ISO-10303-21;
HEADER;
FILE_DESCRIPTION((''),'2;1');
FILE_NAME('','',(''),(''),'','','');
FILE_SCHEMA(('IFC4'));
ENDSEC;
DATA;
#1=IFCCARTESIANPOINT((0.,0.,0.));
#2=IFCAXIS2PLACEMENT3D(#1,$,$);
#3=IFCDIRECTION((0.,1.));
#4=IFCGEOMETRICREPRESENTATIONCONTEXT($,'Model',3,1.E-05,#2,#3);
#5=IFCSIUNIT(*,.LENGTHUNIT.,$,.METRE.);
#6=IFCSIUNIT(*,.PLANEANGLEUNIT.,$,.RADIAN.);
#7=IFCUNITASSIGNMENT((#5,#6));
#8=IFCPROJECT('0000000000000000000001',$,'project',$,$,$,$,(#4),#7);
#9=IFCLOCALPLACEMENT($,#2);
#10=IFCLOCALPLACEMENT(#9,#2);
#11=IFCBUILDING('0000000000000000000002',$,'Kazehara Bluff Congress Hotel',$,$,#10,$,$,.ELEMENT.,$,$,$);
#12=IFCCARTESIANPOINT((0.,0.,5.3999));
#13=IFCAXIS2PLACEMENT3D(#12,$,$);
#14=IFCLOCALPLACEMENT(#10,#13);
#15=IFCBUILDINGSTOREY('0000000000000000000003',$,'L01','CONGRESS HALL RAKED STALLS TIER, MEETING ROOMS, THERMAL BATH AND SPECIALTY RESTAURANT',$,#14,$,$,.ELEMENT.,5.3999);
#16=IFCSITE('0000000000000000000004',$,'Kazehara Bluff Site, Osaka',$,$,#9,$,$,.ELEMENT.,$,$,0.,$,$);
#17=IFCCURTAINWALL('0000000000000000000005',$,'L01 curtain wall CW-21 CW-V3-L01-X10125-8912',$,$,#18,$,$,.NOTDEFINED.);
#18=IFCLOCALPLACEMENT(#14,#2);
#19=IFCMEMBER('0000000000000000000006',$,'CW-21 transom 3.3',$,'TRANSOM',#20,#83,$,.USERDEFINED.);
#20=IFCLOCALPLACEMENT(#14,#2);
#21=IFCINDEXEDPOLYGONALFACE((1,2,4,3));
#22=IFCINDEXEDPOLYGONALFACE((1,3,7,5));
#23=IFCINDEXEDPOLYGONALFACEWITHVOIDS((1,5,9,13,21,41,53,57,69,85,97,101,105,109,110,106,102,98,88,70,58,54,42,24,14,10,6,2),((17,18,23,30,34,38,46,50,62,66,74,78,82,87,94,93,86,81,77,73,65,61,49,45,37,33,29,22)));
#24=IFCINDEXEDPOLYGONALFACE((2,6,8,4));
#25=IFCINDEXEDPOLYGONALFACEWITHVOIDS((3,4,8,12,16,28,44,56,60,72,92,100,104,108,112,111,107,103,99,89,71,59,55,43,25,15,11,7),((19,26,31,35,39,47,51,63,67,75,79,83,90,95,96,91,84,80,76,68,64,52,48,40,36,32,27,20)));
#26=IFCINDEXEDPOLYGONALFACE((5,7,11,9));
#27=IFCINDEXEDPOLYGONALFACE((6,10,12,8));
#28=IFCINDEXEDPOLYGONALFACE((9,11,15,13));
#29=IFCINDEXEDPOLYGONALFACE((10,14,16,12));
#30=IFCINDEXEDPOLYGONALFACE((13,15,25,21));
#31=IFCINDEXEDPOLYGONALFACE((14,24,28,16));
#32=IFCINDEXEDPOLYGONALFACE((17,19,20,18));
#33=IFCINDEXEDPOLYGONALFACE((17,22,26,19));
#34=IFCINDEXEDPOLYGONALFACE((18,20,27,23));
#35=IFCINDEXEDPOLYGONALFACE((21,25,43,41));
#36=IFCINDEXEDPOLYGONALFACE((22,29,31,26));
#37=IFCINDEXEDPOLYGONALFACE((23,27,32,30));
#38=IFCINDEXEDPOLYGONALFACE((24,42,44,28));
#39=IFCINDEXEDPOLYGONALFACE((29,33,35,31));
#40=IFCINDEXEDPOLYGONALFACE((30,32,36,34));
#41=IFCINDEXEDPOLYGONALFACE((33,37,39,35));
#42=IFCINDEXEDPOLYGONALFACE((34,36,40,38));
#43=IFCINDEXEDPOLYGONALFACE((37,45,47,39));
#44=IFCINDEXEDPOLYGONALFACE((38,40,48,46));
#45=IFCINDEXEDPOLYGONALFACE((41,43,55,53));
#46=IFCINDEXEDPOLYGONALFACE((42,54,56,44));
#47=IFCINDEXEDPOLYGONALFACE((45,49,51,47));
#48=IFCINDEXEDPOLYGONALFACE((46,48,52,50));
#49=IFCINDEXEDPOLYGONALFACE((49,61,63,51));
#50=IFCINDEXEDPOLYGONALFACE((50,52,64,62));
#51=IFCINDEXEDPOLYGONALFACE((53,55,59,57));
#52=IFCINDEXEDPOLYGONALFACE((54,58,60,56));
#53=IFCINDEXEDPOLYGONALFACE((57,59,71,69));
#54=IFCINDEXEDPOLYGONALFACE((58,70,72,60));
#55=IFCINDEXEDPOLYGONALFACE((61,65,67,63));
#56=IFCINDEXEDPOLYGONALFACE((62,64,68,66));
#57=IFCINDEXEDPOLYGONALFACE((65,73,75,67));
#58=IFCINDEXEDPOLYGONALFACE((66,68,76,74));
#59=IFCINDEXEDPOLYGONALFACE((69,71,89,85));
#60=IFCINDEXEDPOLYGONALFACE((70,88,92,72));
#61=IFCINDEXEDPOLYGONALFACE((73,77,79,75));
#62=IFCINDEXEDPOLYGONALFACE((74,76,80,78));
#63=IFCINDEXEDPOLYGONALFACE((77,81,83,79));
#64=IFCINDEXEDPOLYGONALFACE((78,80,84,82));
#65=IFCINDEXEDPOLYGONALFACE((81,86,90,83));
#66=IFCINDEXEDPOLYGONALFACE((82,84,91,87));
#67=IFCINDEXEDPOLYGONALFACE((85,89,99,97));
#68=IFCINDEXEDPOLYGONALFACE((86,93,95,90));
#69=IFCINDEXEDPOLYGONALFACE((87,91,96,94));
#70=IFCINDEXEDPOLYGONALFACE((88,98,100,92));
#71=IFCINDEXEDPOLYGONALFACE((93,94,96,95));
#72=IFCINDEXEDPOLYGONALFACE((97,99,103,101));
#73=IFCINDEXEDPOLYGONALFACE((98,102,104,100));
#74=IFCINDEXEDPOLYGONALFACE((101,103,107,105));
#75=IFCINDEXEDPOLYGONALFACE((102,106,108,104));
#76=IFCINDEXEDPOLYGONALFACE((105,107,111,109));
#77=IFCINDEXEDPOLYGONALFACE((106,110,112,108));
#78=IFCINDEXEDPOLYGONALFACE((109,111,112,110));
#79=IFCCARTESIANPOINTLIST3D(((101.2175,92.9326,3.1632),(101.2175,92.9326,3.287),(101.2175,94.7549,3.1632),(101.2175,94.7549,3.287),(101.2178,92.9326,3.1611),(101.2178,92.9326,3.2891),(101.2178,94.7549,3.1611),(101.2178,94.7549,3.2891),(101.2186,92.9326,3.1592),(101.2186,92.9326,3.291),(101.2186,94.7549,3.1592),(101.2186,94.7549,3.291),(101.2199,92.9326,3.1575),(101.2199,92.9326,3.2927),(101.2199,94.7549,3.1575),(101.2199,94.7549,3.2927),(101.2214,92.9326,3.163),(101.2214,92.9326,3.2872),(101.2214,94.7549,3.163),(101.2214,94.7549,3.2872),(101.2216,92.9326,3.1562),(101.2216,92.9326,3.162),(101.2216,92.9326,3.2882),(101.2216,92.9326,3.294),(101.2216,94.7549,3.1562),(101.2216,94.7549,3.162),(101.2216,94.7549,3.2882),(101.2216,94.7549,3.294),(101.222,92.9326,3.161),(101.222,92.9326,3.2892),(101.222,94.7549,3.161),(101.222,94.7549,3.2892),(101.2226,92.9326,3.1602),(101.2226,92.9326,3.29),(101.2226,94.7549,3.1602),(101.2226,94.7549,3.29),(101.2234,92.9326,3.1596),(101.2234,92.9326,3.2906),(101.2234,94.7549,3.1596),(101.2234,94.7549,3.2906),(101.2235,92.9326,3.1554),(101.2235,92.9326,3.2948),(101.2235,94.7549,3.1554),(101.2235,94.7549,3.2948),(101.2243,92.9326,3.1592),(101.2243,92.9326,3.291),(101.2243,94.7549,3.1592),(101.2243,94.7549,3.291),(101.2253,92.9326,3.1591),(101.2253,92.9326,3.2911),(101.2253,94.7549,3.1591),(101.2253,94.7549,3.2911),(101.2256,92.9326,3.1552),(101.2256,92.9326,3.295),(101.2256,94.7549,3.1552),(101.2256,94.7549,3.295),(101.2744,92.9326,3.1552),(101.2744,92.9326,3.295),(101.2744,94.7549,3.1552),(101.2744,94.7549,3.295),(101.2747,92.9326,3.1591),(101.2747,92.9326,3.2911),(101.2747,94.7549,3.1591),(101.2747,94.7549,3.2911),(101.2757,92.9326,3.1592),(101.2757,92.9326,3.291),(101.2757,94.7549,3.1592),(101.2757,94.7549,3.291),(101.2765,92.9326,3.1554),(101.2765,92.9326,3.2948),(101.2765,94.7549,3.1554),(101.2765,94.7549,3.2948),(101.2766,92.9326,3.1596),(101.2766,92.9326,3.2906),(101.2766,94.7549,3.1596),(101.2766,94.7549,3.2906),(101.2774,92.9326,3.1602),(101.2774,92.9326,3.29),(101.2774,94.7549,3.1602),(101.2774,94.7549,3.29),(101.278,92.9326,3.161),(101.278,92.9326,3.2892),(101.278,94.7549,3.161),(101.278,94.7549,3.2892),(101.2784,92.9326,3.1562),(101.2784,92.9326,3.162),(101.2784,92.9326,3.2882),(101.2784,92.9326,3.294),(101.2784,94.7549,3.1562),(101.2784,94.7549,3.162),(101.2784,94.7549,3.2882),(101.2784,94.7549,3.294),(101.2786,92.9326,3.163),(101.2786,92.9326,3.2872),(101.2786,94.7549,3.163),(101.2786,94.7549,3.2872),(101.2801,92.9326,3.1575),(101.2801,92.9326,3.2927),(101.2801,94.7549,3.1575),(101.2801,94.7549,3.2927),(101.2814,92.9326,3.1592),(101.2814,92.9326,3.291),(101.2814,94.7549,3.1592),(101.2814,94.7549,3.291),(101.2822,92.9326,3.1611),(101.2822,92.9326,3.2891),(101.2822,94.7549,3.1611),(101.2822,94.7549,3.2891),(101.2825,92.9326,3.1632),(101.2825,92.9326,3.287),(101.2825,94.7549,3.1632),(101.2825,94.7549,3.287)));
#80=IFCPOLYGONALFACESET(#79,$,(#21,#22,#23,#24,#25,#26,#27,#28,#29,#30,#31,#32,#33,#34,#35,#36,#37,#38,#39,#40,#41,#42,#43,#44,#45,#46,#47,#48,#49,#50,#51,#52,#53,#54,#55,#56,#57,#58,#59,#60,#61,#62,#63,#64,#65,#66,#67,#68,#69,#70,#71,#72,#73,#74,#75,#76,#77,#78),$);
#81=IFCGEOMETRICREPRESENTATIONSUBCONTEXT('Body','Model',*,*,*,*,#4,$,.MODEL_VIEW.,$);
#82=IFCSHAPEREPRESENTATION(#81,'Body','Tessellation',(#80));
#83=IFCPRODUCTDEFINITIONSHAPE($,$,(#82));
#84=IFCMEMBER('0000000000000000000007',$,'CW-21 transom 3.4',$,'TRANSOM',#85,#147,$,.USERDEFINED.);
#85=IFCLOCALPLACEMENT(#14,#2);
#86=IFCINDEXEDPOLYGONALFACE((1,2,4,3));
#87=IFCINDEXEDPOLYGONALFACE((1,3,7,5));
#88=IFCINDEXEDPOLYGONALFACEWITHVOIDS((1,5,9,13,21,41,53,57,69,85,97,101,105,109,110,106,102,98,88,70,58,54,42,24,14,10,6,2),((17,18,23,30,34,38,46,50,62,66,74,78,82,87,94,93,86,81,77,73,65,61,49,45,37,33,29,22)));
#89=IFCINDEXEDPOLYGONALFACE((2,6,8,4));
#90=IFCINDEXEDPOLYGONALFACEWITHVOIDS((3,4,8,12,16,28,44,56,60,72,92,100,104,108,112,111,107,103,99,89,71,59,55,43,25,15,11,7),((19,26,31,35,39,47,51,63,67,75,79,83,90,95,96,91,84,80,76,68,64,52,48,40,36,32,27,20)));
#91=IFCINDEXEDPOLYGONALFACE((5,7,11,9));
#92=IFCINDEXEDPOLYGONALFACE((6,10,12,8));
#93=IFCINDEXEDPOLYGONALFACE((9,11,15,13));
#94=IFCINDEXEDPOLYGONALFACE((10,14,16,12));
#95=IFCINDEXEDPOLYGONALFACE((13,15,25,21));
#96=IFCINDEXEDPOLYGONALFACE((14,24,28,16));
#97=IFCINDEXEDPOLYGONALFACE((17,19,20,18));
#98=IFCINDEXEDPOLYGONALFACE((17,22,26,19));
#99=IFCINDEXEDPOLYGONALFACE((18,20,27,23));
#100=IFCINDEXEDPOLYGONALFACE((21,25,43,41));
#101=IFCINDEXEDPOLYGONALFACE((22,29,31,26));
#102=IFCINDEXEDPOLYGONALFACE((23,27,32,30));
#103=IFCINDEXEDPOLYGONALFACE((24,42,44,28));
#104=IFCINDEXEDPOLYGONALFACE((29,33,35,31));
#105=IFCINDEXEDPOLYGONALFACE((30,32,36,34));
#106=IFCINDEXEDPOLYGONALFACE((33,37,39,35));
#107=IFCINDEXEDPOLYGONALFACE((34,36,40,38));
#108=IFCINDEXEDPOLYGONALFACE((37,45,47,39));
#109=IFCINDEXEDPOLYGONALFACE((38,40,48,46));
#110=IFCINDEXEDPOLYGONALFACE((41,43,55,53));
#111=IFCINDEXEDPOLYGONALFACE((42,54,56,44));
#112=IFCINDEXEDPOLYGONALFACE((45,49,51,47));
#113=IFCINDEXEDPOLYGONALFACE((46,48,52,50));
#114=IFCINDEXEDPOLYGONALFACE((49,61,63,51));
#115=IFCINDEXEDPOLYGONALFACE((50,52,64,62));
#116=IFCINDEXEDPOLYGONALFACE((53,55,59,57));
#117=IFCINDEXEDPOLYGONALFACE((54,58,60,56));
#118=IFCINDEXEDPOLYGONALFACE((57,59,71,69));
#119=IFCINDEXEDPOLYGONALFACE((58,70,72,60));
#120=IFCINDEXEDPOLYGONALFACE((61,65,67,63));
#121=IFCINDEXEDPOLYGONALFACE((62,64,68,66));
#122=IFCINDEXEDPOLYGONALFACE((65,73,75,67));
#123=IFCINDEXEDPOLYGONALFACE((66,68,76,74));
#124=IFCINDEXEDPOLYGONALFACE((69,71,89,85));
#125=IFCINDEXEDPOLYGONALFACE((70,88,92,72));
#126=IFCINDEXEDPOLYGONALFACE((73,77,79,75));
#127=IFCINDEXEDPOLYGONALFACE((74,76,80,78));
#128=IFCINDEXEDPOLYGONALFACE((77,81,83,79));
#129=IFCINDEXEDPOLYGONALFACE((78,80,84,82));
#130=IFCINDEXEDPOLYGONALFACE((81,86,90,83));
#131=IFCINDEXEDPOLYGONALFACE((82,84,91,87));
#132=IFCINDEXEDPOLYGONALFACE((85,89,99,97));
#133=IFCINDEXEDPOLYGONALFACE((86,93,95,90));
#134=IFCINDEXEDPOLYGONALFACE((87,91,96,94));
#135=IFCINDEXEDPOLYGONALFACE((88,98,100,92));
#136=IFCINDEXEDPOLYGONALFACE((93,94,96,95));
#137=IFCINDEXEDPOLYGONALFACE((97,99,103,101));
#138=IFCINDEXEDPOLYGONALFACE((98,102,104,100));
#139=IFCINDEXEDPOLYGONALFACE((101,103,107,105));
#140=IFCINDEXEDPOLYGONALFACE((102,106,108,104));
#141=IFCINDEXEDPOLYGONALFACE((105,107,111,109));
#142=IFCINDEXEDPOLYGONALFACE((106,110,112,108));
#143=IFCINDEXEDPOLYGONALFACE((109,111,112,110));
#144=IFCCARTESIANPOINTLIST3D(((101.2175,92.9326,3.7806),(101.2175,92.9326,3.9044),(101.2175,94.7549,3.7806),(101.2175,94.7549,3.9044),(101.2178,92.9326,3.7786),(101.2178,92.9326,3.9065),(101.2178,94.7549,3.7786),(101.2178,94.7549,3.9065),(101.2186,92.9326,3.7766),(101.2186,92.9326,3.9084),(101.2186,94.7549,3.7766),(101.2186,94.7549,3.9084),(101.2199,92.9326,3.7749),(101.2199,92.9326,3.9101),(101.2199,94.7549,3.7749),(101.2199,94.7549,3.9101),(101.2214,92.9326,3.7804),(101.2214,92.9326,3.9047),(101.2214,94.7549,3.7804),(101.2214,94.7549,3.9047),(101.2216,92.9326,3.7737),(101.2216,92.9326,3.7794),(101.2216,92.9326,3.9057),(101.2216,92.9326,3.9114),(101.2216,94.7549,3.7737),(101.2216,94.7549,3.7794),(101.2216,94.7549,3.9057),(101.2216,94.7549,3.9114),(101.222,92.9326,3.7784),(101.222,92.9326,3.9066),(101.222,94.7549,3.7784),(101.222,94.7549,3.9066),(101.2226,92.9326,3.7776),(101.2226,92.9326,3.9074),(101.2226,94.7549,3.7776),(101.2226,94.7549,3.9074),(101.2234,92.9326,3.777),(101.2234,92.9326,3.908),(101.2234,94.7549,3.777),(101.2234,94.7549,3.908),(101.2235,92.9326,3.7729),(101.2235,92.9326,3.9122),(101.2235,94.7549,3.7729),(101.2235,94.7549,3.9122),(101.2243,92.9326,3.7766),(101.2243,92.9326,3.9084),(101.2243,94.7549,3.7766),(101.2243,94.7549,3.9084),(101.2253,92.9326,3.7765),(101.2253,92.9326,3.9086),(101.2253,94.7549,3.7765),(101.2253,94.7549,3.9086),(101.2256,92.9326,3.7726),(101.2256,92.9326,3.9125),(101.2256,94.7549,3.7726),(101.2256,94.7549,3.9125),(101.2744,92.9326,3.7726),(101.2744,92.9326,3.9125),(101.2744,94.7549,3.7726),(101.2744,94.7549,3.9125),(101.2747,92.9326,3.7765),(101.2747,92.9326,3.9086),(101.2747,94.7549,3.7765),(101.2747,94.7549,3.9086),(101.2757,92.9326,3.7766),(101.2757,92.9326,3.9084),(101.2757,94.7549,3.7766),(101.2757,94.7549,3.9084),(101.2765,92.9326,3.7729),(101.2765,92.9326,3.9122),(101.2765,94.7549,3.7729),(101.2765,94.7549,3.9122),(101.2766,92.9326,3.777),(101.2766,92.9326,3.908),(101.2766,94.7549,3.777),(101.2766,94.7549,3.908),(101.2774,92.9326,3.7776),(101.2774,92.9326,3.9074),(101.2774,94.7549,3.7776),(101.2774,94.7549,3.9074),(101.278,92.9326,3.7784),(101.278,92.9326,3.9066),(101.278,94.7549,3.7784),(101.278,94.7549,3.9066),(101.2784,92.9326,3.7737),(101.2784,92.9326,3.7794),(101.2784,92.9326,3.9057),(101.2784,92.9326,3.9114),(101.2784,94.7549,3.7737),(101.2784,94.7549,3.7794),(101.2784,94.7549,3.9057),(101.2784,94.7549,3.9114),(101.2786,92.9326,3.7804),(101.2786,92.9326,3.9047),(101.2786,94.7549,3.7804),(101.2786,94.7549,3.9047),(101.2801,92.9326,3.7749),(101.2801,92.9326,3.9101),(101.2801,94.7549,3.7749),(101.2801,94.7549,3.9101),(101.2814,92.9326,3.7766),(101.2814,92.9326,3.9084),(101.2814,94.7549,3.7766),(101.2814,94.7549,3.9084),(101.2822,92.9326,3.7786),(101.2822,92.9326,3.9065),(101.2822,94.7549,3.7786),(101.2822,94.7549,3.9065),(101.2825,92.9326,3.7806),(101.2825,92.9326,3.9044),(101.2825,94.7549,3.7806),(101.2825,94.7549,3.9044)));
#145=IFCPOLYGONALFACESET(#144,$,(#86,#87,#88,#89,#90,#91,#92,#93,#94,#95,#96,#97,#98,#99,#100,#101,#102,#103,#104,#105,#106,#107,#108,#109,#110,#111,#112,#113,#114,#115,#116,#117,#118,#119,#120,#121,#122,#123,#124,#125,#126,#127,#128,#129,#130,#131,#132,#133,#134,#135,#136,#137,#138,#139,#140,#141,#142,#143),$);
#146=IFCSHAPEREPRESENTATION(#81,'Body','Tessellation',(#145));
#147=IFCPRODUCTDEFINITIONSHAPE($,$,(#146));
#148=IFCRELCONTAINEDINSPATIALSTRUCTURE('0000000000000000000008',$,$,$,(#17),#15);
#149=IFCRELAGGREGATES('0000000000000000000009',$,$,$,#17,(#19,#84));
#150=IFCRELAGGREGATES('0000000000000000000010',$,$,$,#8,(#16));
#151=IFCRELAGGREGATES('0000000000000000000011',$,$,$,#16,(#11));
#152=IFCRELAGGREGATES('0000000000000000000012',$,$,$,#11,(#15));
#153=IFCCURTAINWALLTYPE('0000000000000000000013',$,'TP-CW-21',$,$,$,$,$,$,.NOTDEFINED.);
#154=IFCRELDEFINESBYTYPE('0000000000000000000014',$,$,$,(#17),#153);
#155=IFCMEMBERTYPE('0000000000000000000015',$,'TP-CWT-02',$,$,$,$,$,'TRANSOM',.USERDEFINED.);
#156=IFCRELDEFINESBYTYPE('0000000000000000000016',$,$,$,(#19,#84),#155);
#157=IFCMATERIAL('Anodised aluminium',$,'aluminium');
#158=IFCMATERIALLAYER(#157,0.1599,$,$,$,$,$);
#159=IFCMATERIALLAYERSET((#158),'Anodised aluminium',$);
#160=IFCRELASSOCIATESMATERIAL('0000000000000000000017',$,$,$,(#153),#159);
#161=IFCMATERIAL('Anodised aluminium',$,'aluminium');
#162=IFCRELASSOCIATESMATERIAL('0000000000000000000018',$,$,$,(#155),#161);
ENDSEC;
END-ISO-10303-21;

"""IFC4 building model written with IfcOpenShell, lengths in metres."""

from ifc_helpers import new_model, si_unit, direction, frame, origin, origin_2d, place, context, subcontext, project, spatial, hollow_rectangle, extrude, material, layer, layer_set, material_profile, profile_set, type_object, element, aggregate, save


model = new_model("IFC4")

# Units and contexts
model_context = context("Model", 3, precision=1e-05, world=origin(), true_north=direction((0.0, 1.0)))
body_context = subcontext(model_context, "Body", "Model", "MODEL_VIEW")
ifc_project = project(units=[si_unit("LENGTHUNIT", "METRE"), si_unit("PLANEANGLEUNIT", "RADIAN")], contexts=[model_context])

# Site, building, storey
site_placement = place(None, origin())
site = spatial("IfcSite", under=ifc_project, at=site_placement, Name="Kazehara Bluff Site, Osaka", CompositionType="ELEMENT", RefElevation=0.0)
building_placement = place(site_placement, origin())
building = spatial("IfcBuilding", under=site, at=building_placement, Name="Kazehara Bluff Congress Hotel", CompositionType="ELEMENT")
storey_placement = place(building_placement, frame((0.0, 0.0, 5.3999)))
storey = spatial("IfcBuildingStorey", under=building, at=storey_placement, Name="L01", Description="CONGRESS HALL RAKED STALLS TIER, MEETING ROOMS, THERMAL BATH AND SPECIALTY RESTAURANT", CompositionType="ELEMENT", Elevation=5.3999)

# Curtain wall
ifc_material_1 = material(Name="Anodised aluminium", Category="aluminium")
ifc_layer_1 = layer(ifc_material_1, 0.1599)
ifc_layer_set_1 = layer_set([ifc_layer_1], Name="Anodised aluminium")
curtain_wall_type_1 = type_object("IfcCurtainWallType", Name="TP-CW-21", PredefinedType="NOTDEFINED", material=ifc_layer_set_1)
curtain_wall_1_placement = place(storey_placement, origin())
curtain_wall_1 = element("IfcCurtainWall", 1, at=curtain_wall_1_placement, inside=storey, type_object=curtain_wall_type_1, Name="L01 curtain wall CW-21 CW-V3-L01-X10125-8912", PredefinedType="NOTDEFINED")

# Members
ifc_material_2 = material(Name="Anodised aluminium", Category="aluminium")
ifc_material_profile_1 = material_profile(ifc_material_2, hollow_rectangle(XDim=0.0649, YDim=0.1399, WallThickness=0.0039, InnerFilletRadius=0.0039, OuterFilletRadius=0.0081, at=origin_2d()))
ifc_profile_set_1 = profile_set([ifc_material_profile_1], Name="Anodised aluminium")
member_type_1 = type_object("IfcMemberType", Name="TP-CWT-02", ElementType="TRANSOM", PredefinedType="USERDEFINED", material=ifc_profile_set_1)
member_1_placement = place(storey_placement, frame((101.25, 92.9326, 3.2251), z_axis=(0.0, 1.0, 0.0), x_axis=(-1.0, 0.0, 0.0)))
member_1 = element("IfcMember", 2, at=member_1_placement, type_object=member_type_1, Name="CW-21 transom 3.3", ObjectType="TRANSOM", PredefinedType="USERDEFINED", context=body_context, shape_type="SweptSolid", body=[
    extrude(hollow_rectangle(XDim=0.0649, YDim=0.1399, WallThickness=0.0039, InnerFilletRadius=0.0039, OuterFilletRadius=0.0081, at=origin_2d()), origin(), (0.0, 0.0, 1.0), 1.8223),
])
member_2_placement = place(storey_placement, frame((101.25, 92.9326, 3.8425), z_axis=(0.0, 1.0, 0.0), x_axis=(-1.0, 0.0, 0.0)))
member_2 = element("IfcMember", 3, at=member_2_placement, type_object=member_type_1, Name="CW-21 transom 3.4", ObjectType="TRANSOM", PredefinedType="USERDEFINED", context=body_context, shape_type="SweptSolid", body=[
    extrude(hollow_rectangle(XDim=0.0649, YDim=0.1399, WallThickness=0.0039, InnerFilletRadius=0.0039, OuterFilletRadius=0.0081, at=origin_2d()), origin(), (0.0, 0.0, 1.0), 1.8223),
])

aggregate(curtain_wall_1, [member_1, member_2])

save(model, "model.ifc")
